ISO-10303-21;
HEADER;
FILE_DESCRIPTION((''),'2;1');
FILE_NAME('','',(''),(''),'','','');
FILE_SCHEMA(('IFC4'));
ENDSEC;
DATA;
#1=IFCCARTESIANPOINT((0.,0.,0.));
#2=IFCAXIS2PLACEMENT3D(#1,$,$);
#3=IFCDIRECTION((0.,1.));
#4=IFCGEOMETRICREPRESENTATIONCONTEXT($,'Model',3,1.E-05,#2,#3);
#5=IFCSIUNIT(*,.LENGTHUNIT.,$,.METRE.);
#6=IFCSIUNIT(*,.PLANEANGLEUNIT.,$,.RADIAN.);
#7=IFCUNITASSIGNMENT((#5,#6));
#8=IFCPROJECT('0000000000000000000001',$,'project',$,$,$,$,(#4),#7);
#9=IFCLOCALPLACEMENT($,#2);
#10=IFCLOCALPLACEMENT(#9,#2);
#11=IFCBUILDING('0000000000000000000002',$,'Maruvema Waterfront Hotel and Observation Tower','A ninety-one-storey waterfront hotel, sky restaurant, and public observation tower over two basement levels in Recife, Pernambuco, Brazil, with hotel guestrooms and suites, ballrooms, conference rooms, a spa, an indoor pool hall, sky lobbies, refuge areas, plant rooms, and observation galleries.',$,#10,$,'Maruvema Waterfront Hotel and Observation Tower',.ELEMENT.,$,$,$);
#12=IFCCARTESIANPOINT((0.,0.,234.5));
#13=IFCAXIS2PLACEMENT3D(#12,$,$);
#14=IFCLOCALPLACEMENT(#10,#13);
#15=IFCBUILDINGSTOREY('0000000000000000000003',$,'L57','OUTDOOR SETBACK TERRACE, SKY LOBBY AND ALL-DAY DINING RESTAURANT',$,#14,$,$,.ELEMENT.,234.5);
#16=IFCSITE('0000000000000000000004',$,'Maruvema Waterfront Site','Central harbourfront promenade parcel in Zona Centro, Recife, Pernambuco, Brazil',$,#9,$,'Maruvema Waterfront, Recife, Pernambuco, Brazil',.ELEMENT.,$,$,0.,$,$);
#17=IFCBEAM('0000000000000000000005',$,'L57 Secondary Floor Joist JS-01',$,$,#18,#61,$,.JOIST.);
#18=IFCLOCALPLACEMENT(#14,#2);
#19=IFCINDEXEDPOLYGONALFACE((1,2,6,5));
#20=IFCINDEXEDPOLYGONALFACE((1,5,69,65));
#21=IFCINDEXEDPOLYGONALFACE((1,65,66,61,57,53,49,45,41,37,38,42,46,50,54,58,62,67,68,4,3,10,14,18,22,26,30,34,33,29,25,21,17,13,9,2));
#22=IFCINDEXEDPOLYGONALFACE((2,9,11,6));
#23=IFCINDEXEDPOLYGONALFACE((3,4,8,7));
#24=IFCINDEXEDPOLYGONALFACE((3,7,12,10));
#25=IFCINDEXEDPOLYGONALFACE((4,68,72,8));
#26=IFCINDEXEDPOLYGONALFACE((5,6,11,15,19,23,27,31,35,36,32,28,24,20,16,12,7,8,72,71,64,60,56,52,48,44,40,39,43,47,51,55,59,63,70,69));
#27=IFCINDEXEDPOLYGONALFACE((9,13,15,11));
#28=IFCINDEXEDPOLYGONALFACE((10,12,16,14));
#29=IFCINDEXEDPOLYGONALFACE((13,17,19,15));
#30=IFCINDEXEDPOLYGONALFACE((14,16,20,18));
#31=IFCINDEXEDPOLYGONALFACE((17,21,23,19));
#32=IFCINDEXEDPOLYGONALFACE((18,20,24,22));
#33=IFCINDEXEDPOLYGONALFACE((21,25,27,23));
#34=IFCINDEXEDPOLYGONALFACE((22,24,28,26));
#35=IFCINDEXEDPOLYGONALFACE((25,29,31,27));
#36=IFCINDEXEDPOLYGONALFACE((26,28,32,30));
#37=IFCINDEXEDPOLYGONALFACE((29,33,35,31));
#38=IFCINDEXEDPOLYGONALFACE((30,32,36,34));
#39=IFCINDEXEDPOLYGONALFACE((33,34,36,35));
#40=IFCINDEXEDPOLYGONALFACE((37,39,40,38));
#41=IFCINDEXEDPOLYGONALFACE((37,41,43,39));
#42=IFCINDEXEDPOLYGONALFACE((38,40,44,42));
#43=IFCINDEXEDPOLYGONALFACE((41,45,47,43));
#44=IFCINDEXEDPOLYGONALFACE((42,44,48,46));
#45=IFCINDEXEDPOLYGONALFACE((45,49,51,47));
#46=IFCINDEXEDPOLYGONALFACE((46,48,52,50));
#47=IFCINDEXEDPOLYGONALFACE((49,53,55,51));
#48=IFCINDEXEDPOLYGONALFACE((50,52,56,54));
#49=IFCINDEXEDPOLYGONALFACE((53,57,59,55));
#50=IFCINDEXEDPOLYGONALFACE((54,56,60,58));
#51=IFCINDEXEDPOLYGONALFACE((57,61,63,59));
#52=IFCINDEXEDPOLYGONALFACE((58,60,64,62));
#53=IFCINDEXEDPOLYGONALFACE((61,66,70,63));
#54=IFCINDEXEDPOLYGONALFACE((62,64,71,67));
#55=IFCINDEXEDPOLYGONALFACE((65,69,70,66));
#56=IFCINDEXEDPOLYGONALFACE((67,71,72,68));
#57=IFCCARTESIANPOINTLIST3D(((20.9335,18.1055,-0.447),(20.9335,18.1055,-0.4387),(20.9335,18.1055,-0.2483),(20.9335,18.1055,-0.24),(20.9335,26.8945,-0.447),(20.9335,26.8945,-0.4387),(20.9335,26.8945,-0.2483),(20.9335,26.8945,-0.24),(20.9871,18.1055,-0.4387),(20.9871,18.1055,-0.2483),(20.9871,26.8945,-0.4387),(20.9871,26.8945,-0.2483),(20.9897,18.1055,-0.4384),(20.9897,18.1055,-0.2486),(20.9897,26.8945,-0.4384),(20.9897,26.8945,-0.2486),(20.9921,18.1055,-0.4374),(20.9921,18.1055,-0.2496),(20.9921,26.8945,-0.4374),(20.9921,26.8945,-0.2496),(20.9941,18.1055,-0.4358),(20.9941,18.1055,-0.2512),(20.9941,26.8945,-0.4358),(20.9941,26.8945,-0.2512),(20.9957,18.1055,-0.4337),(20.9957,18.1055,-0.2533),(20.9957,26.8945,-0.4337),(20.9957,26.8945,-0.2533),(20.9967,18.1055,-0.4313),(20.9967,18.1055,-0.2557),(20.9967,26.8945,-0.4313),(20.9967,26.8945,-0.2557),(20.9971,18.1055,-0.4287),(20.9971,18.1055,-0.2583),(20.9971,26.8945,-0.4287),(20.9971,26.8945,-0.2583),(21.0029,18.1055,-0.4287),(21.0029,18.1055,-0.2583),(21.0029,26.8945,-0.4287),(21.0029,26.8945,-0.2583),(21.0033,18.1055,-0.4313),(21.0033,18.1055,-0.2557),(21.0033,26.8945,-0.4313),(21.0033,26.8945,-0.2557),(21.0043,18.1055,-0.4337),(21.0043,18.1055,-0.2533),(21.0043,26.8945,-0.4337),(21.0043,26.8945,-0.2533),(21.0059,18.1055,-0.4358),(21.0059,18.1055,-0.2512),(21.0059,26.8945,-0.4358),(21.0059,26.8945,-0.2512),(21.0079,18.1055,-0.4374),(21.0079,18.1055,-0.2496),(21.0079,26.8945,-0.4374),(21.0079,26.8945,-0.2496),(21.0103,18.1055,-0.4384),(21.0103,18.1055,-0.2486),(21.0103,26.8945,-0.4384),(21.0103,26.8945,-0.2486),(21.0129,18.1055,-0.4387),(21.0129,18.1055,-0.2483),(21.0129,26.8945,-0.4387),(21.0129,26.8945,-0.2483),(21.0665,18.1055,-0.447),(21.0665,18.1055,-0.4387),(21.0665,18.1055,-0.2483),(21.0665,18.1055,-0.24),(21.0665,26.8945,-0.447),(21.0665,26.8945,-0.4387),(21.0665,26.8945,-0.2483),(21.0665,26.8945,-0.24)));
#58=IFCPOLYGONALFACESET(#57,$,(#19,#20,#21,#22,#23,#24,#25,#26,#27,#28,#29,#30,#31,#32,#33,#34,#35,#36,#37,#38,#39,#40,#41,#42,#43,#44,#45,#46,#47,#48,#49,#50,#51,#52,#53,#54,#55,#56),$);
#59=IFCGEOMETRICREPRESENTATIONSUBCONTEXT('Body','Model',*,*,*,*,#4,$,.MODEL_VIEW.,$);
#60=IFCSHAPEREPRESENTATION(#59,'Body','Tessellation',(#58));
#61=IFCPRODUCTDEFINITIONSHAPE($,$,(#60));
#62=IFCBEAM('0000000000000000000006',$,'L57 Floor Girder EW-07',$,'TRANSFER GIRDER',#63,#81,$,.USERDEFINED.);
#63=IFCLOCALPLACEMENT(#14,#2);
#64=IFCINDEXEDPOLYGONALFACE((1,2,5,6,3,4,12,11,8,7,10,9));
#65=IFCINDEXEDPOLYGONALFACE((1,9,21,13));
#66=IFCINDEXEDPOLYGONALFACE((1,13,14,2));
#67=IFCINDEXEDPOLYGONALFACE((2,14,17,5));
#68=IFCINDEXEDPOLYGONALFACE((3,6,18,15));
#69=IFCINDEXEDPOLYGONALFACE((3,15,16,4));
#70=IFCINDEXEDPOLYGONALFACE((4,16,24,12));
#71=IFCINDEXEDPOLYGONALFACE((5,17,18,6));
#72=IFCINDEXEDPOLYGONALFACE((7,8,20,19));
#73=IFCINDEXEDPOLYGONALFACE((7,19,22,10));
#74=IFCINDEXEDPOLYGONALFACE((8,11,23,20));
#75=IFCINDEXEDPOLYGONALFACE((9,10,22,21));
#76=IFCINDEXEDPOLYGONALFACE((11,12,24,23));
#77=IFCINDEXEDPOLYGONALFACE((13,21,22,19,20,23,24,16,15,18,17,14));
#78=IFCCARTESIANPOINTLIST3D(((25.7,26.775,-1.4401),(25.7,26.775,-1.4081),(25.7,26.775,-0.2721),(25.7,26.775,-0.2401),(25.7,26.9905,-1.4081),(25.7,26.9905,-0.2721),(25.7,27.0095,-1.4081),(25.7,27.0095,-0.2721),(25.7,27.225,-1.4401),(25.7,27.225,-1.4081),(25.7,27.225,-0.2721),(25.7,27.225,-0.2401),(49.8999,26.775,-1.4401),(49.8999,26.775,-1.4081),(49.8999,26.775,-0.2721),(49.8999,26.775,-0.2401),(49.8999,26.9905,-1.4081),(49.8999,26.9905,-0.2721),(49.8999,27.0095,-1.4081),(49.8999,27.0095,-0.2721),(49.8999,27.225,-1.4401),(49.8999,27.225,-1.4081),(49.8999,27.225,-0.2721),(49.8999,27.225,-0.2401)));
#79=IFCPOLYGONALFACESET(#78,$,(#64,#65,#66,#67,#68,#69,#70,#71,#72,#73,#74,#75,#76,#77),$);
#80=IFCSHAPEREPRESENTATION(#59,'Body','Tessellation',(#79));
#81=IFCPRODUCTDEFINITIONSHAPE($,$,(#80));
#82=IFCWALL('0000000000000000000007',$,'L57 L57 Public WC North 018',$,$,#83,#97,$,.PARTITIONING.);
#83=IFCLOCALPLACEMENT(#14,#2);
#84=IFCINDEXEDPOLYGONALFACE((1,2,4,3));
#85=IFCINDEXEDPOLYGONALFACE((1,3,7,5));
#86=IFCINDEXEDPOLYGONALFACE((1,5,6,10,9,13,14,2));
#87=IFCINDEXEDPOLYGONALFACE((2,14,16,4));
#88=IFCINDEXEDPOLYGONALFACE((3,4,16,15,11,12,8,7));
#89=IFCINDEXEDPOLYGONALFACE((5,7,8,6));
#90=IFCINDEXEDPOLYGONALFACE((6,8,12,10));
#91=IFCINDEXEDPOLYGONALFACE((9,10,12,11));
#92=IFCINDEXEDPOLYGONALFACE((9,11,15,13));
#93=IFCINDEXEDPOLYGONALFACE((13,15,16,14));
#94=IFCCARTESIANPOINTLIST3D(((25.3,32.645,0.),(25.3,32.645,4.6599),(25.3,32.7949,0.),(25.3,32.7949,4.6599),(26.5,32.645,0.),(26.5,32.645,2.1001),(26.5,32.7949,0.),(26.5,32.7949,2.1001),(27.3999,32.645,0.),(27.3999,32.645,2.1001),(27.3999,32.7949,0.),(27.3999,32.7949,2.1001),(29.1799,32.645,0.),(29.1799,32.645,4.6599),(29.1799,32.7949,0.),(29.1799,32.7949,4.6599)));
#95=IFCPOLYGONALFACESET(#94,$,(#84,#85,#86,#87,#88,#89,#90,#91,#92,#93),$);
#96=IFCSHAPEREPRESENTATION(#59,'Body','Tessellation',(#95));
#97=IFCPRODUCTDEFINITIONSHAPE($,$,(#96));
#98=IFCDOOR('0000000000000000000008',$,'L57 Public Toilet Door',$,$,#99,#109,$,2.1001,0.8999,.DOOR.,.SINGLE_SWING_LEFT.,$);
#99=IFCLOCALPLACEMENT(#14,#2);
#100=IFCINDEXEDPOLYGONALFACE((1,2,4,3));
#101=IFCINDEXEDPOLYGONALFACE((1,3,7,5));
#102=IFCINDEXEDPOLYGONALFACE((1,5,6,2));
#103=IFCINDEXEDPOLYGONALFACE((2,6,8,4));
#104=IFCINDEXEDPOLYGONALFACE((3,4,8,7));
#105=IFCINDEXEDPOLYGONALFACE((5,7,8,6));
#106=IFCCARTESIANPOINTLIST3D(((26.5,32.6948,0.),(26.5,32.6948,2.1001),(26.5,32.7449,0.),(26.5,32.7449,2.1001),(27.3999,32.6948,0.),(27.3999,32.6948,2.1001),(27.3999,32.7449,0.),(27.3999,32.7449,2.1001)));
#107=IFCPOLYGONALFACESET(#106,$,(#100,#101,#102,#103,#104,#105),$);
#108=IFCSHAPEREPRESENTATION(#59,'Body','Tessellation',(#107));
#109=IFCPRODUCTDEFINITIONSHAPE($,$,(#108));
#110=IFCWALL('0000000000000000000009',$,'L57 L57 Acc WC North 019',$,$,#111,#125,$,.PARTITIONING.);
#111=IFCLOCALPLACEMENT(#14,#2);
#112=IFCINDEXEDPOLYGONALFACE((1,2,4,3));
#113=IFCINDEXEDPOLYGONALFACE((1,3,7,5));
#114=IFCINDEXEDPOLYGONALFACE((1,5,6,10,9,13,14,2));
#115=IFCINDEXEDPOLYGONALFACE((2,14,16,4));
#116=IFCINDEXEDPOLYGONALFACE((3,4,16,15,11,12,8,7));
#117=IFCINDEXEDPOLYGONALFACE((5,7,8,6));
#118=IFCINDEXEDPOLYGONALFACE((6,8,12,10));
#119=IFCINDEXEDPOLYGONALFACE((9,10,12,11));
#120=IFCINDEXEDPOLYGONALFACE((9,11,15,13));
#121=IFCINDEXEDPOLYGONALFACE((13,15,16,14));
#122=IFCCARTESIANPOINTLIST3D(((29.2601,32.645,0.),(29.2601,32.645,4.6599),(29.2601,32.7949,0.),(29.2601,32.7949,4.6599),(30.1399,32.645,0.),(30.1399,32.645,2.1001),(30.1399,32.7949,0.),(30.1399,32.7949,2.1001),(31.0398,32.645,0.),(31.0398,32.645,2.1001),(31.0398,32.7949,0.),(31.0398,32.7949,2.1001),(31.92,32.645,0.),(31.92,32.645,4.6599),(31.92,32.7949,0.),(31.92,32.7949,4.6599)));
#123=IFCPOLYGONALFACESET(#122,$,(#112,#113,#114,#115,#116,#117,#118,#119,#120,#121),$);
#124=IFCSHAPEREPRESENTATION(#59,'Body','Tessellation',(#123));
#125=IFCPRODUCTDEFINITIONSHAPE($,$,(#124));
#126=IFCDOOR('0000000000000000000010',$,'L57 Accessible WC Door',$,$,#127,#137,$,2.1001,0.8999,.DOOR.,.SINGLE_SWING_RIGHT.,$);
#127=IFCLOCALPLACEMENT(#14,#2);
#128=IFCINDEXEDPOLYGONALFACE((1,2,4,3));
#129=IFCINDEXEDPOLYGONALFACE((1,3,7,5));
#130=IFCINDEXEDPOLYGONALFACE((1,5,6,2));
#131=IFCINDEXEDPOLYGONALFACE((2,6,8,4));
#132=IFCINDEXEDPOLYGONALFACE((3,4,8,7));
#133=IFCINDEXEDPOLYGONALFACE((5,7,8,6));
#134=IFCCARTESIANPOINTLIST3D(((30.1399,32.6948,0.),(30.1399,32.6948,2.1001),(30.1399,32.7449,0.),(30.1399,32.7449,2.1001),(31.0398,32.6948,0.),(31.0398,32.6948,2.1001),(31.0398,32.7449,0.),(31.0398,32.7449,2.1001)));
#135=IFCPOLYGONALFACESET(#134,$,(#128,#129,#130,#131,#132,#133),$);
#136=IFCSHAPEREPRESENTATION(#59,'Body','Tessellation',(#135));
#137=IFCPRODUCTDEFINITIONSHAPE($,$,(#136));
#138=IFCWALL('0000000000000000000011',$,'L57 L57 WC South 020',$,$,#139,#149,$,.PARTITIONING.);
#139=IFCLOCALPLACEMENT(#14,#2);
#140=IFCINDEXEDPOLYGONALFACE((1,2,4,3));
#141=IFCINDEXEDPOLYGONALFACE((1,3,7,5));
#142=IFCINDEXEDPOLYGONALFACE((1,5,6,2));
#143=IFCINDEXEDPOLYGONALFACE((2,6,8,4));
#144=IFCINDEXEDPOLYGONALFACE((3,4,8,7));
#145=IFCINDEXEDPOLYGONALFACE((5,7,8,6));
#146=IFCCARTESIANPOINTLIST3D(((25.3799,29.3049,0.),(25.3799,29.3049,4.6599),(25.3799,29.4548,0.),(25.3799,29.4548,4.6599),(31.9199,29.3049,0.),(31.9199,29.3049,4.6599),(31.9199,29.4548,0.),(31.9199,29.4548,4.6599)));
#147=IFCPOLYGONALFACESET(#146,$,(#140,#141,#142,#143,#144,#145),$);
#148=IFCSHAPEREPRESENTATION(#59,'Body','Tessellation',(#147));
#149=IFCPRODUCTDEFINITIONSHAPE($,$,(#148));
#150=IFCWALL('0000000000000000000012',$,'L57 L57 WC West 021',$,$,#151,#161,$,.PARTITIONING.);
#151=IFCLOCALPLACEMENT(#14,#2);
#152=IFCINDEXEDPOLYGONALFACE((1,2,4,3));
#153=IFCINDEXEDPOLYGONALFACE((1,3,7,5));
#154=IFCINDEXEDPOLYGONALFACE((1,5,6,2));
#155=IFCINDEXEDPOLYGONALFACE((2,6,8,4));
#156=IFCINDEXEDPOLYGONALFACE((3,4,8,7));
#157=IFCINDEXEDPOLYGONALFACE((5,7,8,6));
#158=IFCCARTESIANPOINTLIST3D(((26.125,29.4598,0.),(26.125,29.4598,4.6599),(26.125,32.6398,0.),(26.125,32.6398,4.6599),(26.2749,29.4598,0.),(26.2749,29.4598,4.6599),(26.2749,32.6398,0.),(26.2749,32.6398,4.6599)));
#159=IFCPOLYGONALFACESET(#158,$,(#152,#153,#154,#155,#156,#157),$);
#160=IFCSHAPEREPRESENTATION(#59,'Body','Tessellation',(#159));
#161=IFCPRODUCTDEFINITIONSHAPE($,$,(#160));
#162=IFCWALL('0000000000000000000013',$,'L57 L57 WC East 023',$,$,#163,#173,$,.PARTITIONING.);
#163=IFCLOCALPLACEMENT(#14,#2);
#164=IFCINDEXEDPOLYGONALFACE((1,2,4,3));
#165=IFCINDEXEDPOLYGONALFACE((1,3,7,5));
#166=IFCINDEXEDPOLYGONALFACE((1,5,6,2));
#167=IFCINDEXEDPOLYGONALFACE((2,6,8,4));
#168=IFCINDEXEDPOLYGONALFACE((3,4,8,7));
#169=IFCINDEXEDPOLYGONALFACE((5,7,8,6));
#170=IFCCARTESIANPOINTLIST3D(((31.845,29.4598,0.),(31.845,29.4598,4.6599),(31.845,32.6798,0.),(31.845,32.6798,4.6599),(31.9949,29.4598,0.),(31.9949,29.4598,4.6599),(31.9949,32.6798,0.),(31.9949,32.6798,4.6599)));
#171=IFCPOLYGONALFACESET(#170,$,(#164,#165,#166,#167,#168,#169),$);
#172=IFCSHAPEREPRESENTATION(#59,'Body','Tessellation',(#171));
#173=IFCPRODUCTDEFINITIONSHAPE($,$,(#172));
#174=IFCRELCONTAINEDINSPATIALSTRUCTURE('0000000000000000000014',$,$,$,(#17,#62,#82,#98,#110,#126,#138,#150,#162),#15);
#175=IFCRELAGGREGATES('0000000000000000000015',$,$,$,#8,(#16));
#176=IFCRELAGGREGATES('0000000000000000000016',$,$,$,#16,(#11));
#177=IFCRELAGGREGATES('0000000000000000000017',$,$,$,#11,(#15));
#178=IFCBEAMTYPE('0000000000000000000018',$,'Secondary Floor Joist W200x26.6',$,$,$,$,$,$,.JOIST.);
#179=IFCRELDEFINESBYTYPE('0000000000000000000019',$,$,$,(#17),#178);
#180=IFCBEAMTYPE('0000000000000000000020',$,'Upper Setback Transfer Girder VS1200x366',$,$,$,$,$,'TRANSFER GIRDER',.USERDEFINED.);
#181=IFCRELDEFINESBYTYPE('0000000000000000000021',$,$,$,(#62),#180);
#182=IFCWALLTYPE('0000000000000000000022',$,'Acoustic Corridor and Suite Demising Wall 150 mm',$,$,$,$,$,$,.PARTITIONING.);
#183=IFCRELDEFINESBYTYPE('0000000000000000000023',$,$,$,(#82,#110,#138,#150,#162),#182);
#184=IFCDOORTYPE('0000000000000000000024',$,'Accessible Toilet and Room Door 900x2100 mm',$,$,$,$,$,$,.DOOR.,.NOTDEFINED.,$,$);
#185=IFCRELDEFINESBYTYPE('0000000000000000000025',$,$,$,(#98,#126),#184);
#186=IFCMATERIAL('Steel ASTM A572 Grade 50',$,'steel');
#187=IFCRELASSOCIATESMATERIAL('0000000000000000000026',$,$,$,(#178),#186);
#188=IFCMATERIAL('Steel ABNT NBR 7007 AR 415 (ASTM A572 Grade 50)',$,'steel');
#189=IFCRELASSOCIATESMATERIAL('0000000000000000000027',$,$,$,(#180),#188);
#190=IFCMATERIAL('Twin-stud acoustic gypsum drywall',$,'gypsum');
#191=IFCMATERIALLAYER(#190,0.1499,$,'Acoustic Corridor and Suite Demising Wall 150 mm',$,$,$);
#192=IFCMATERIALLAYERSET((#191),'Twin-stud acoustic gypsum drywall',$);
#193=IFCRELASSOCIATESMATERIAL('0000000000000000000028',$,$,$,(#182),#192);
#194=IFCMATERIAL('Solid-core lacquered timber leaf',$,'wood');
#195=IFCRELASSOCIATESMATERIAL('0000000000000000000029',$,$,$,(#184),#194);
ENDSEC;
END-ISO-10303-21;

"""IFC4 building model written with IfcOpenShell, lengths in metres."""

from ifc_helpers import new_model, si_unit, direction, frame, frame_2d, origin, origin_2d, place, context, subcontext, project, spatial, rectangle, i_section, extrude, material, layer, layer_set, material_profile, profile_set, type_object, element, fill, save


model = new_model("IFC4")

# Units and contexts
model_context = context("Model", 3, precision=1e-05, world=origin(), true_north=direction((0.0, 1.0)))
body_context = subcontext(model_context, "Body", "Model", "MODEL_VIEW")
ifc_project = project(units=[si_unit("LENGTHUNIT", "METRE"), si_unit("PLANEANGLEUNIT", "RADIAN")], contexts=[model_context])

# Site, building, storey
site_placement = place(None, origin())
site = spatial("IfcSite", under=ifc_project, at=site_placement, Name="Maruvema Waterfront Site", Description="Central harbourfront promenade parcel in Zona Centro, Recife, Pernambuco, Brazil", LongName="Maruvema Waterfront, Recife, Pernambuco, Brazil", CompositionType="ELEMENT", RefElevation=0.0)
building_placement = place(site_placement, origin())
building = spatial("IfcBuilding", under=site, at=building_placement, Name="Maruvema Waterfront Hotel and Observation Tower", Description="A ninety-one-storey waterfront hotel, sky restaurant, and public observation tower over two basement levels in Recife, Pernambuco, Brazil, with hotel guestrooms and suites, ballrooms, conference rooms, a spa, an indoor pool hall, sky lobbies, refuge areas, plant rooms, and observation galleries.", LongName="Maruvema Waterfront Hotel and Observation Tower", CompositionType="ELEMENT")
storey_placement = place(building_placement, frame((0.0, 0.0, 234.5)))
storey = spatial("IfcBuildingStorey", under=building, at=storey_placement, Name="L57", Description="OUTDOOR SETBACK TERRACE, SKY LOBBY AND ALL-DAY DINING RESTAURANT", CompositionType="ELEMENT", Elevation=234.5)

# Beams
ifc_material_1 = material(Name="Steel ASTM A572 Grade 50", Category="steel")
ifc_material_profile_1 = material_profile(ifc_material_1, i_section(OverallWidth=0.1331, OverallDepth=0.207, WebThickness=0.0059, FlangeThickness=0.0083, FilletRadius=0.01, at=origin_2d()), Name="W200x26.6")
ifc_profile_set_1 = profile_set([ifc_material_profile_1], Name="Steel ASTM A572 Grade 50")
beam_type_1 = type_object("IfcBeamType", Name="Secondary Floor Joist W200x26.6", PredefinedType="JOIST", material=ifc_profile_set_1)
beam_1_placement = place(storey_placement, frame((21.0, 18.1055, -0.3435), z_axis=(0.0, 1.0, 0.0), x_axis=(-1.0, 0.0, 0.0)))
element("IfcBeam", 1, at=beam_1_placement, inside=storey, type_object=beam_type_1, Name="L57 Secondary Floor Joist JS-01", PredefinedType="JOIST", context=body_context, shape_type="SweptSolid", body=[
    extrude(i_section(OverallWidth=0.1331, OverallDepth=0.207, WebThickness=0.0059, FlangeThickness=0.0083, FilletRadius=0.01, at=origin_2d()), origin(), (0.0, 0.0, 1.0), 8.7891),
])
ifc_material_2 = material(Name="Steel ABNT NBR 7007 AR 415 (ASTM A572 Grade 50)", Category="steel")
ifc_material_profile_2 = material_profile(ifc_material_2, i_section(OverallWidth=0.45, OverallDepth=1.2, WebThickness=0.019, FlangeThickness=0.032, at=origin_2d()), Name="VS1200x366")
ifc_profile_set_2 = profile_set([ifc_material_profile_2], Name="Steel ABNT NBR 7007 AR 415 (ASTM A572 Grade 50)")
beam_type_2 = type_object("IfcBeamType", Name="Upper Setback Transfer Girder VS1200x366", ElementType="TRANSFER GIRDER", PredefinedType="USERDEFINED", material=ifc_profile_set_2)
beam_2_placement = place(storey_placement, frame((25.7, 27.0, -0.8401), z_axis=(1.0, 0.0, 0.0), x_axis=(0.0, 1.0, 0.0)))
element("IfcBeam", 2, at=beam_2_placement, inside=storey, type_object=beam_type_2, Name="L57 Floor Girder EW-07", ObjectType="TRANSFER GIRDER", PredefinedType="USERDEFINED", context=body_context, shape_type="SweptSolid", body=[
    extrude(i_section(OverallWidth=0.45, OverallDepth=1.2, WebThickness=0.019, FlangeThickness=0.032, at=origin_2d()), origin(), (0.0, 0.0, 1.0), 24.2),
])

# Walls, openings, doors
ifc_material_3 = material(Name="Twin-stud acoustic gypsum drywall", Category="gypsum")
ifc_layer_1 = layer(ifc_material_3, 0.1499, Name="Acoustic Corridor and Suite Demising Wall 150 mm")
ifc_layer_set_1 = layer_set([ifc_layer_1], Name="Twin-stud acoustic gypsum drywall")
wall_type_1 = type_object("IfcWallType", Name="Acoustic Corridor and Suite Demising Wall 150 mm", PredefinedType="PARTITIONING", material=ifc_layer_set_1)
wall_1_placement = place(storey_placement, frame((25.3, 32.72, 0.0), z_axis=(0.0, 0.0, 1.0), x_axis=(1.0, 0.0, 0.0)))
wall_1 = element("IfcWall", 3, at=wall_1_placement, inside=storey, type_object=wall_type_1, Name="L57 L57 Public WC North 018", PredefinedType="PARTITIONING", context=body_context, shape_type="SweptSolid", body=[
    extrude(rectangle(XDim=3.8799, YDim=0.1499, at=frame_2d((1.9399, 0.0))), origin(), (0.0, 0.0, 1.0), 4.6599),
])
opening_1_placement = place(wall_1_placement, frame((1.2, 0.0, 0.0)))
opening_1 = element("IfcOpeningElement", 4, at=opening_1_placement, cuts=wall_1, PredefinedType="OPENING", context=body_context, shape_type="SweptSolid", body=[
    extrude(rectangle(XDim=0.8999, YDim=2.1001, at=frame_2d((0.45, 1.05))), frame((0.0, 0.085, 0.0), z_axis=(0.0, -1.0, 0.0), x_axis=(1.0, 0.0, 0.0)), (0.0, 0.0, 1.0), 0.1699),
])
ifc_material_4 = material(Name="Solid-core lacquered timber leaf", Category="wood")
door_type_1 = type_object("IfcDoorType", Name="Accessible Toilet and Room Door 900x2100 mm", OperationType="NOTDEFINED", PredefinedType="DOOR", material=ifc_material_4)
door_1_placement = place(opening_1_placement, origin())
door_1 = element("IfcDoor", 5, at=door_1_placement, inside=storey, type_object=door_type_1, Name="L57 Public Toilet Door", OperationType="SINGLE_SWING_LEFT", OverallHeight=2.1001, OverallWidth=0.8999, PredefinedType="DOOR", context=body_context, shape_type="SweptSolid", body=[
    extrude(rectangle(XDim=0.8999, YDim=2.1001, at=frame_2d((0.45, 1.05))), frame((0.0, 0.0249, 0.0), z_axis=(0.0, -1.0, 0.0), x_axis=(1.0, 0.0, 0.0)), (0.0, 0.0, 1.0), 0.05),
])
fill(opening_1, door_1)
wall_2_placement = place(storey_placement, frame((29.26, 32.72, 0.0), z_axis=(0.0, 0.0, 1.0), x_axis=(1.0, 0.0, 0.0)))
wall_2 = element("IfcWall", 6, at=wall_2_placement, inside=storey, type_object=wall_type_1, Name="L57 L57 Acc WC North 019", PredefinedType="PARTITIONING", context=body_context, shape_type="SweptSolid", body=[
    extrude(rectangle(XDim=2.6599, YDim=0.1499, at=frame_2d((1.3301, 0.0))), origin(), (0.0, 0.0, 1.0), 4.6599),
])
opening_2_placement = place(wall_2_placement, frame((0.8799, 0.0, 0.0)))
opening_2 = element("IfcOpeningElement", 7, at=opening_2_placement, cuts=wall_2, PredefinedType="OPENING", context=body_context, shape_type="SweptSolid", body=[
    extrude(rectangle(XDim=0.8999, YDim=2.1001, at=frame_2d((0.45, 1.05))), frame((0.0, 0.085, 0.0), z_axis=(0.0, -1.0, 0.0), x_axis=(1.0, 0.0, 0.0)), (0.0, 0.0, 1.0), 0.1699),
])
door_2_placement = place(opening_2_placement, origin())
door_2 = element("IfcDoor", 8, at=door_2_placement, inside=storey, type_object=door_type_1, Name="L57 Accessible WC Door", OperationType="SINGLE_SWING_RIGHT", OverallHeight=2.1001, OverallWidth=0.8999, PredefinedType="DOOR", context=body_context, shape_type="SweptSolid", body=[
    extrude(rectangle(XDim=0.8999, YDim=2.1001, at=frame_2d((0.45, 1.05))), frame((0.0, 0.0249, 0.0), z_axis=(0.0, -1.0, 0.0), x_axis=(1.0, 0.0, 0.0)), (0.0, 0.0, 1.0), 0.05),
])
fill(opening_2, door_2)

# Walls
wall_3_placement = place(storey_placement, frame((25.3799, 29.3799, 0.0), z_axis=(0.0, 0.0, 1.0), x_axis=(1.0, 0.0, 0.0)))
element("IfcWall", 9, at=wall_3_placement, inside=storey, type_object=wall_type_1, Name="L57 L57 WC South 020", PredefinedType="PARTITIONING", context=body_context, shape_type="SweptSolid", body=[
    extrude(rectangle(XDim=6.54, YDim=0.1499, at=frame_2d((3.27, 0.0))), origin(), (0.0, 0.0, 1.0), 4.6599),
])
wall_4_placement = place(storey_placement, frame((26.2, 29.46, 0.0), z_axis=(0.0, 0.0, 1.0), x_axis=(0.0, 1.0, 0.0)))
element("IfcWall", 10, at=wall_4_placement, inside=storey, type_object=wall_type_1, Name="L57 L57 WC West 021", PredefinedType="PARTITIONING", context=body_context, shape_type="SweptSolid", body=[
    extrude(rectangle(XDim=3.1799, YDim=0.1499, at=frame_2d((1.5898, 0.0))), origin(), (0.0, 0.0, 1.0), 4.6599),
])
wall_5_placement = place(storey_placement, frame((31.9199, 29.46, 0.0), z_axis=(0.0, 0.0, 1.0), x_axis=(0.0, 1.0, 0.0)))
element("IfcWall", 11, at=wall_5_placement, inside=storey, type_object=wall_type_1, Name="L57 L57 WC East 023", PredefinedType="PARTITIONING", context=body_context, shape_type="SweptSolid", body=[
    extrude(rectangle(XDim=3.22, YDim=0.1499, at=frame_2d((1.6099, 0.0))), origin(), (0.0, 0.0, 1.0), 4.6599),
])

save(model, "model.ifc")
